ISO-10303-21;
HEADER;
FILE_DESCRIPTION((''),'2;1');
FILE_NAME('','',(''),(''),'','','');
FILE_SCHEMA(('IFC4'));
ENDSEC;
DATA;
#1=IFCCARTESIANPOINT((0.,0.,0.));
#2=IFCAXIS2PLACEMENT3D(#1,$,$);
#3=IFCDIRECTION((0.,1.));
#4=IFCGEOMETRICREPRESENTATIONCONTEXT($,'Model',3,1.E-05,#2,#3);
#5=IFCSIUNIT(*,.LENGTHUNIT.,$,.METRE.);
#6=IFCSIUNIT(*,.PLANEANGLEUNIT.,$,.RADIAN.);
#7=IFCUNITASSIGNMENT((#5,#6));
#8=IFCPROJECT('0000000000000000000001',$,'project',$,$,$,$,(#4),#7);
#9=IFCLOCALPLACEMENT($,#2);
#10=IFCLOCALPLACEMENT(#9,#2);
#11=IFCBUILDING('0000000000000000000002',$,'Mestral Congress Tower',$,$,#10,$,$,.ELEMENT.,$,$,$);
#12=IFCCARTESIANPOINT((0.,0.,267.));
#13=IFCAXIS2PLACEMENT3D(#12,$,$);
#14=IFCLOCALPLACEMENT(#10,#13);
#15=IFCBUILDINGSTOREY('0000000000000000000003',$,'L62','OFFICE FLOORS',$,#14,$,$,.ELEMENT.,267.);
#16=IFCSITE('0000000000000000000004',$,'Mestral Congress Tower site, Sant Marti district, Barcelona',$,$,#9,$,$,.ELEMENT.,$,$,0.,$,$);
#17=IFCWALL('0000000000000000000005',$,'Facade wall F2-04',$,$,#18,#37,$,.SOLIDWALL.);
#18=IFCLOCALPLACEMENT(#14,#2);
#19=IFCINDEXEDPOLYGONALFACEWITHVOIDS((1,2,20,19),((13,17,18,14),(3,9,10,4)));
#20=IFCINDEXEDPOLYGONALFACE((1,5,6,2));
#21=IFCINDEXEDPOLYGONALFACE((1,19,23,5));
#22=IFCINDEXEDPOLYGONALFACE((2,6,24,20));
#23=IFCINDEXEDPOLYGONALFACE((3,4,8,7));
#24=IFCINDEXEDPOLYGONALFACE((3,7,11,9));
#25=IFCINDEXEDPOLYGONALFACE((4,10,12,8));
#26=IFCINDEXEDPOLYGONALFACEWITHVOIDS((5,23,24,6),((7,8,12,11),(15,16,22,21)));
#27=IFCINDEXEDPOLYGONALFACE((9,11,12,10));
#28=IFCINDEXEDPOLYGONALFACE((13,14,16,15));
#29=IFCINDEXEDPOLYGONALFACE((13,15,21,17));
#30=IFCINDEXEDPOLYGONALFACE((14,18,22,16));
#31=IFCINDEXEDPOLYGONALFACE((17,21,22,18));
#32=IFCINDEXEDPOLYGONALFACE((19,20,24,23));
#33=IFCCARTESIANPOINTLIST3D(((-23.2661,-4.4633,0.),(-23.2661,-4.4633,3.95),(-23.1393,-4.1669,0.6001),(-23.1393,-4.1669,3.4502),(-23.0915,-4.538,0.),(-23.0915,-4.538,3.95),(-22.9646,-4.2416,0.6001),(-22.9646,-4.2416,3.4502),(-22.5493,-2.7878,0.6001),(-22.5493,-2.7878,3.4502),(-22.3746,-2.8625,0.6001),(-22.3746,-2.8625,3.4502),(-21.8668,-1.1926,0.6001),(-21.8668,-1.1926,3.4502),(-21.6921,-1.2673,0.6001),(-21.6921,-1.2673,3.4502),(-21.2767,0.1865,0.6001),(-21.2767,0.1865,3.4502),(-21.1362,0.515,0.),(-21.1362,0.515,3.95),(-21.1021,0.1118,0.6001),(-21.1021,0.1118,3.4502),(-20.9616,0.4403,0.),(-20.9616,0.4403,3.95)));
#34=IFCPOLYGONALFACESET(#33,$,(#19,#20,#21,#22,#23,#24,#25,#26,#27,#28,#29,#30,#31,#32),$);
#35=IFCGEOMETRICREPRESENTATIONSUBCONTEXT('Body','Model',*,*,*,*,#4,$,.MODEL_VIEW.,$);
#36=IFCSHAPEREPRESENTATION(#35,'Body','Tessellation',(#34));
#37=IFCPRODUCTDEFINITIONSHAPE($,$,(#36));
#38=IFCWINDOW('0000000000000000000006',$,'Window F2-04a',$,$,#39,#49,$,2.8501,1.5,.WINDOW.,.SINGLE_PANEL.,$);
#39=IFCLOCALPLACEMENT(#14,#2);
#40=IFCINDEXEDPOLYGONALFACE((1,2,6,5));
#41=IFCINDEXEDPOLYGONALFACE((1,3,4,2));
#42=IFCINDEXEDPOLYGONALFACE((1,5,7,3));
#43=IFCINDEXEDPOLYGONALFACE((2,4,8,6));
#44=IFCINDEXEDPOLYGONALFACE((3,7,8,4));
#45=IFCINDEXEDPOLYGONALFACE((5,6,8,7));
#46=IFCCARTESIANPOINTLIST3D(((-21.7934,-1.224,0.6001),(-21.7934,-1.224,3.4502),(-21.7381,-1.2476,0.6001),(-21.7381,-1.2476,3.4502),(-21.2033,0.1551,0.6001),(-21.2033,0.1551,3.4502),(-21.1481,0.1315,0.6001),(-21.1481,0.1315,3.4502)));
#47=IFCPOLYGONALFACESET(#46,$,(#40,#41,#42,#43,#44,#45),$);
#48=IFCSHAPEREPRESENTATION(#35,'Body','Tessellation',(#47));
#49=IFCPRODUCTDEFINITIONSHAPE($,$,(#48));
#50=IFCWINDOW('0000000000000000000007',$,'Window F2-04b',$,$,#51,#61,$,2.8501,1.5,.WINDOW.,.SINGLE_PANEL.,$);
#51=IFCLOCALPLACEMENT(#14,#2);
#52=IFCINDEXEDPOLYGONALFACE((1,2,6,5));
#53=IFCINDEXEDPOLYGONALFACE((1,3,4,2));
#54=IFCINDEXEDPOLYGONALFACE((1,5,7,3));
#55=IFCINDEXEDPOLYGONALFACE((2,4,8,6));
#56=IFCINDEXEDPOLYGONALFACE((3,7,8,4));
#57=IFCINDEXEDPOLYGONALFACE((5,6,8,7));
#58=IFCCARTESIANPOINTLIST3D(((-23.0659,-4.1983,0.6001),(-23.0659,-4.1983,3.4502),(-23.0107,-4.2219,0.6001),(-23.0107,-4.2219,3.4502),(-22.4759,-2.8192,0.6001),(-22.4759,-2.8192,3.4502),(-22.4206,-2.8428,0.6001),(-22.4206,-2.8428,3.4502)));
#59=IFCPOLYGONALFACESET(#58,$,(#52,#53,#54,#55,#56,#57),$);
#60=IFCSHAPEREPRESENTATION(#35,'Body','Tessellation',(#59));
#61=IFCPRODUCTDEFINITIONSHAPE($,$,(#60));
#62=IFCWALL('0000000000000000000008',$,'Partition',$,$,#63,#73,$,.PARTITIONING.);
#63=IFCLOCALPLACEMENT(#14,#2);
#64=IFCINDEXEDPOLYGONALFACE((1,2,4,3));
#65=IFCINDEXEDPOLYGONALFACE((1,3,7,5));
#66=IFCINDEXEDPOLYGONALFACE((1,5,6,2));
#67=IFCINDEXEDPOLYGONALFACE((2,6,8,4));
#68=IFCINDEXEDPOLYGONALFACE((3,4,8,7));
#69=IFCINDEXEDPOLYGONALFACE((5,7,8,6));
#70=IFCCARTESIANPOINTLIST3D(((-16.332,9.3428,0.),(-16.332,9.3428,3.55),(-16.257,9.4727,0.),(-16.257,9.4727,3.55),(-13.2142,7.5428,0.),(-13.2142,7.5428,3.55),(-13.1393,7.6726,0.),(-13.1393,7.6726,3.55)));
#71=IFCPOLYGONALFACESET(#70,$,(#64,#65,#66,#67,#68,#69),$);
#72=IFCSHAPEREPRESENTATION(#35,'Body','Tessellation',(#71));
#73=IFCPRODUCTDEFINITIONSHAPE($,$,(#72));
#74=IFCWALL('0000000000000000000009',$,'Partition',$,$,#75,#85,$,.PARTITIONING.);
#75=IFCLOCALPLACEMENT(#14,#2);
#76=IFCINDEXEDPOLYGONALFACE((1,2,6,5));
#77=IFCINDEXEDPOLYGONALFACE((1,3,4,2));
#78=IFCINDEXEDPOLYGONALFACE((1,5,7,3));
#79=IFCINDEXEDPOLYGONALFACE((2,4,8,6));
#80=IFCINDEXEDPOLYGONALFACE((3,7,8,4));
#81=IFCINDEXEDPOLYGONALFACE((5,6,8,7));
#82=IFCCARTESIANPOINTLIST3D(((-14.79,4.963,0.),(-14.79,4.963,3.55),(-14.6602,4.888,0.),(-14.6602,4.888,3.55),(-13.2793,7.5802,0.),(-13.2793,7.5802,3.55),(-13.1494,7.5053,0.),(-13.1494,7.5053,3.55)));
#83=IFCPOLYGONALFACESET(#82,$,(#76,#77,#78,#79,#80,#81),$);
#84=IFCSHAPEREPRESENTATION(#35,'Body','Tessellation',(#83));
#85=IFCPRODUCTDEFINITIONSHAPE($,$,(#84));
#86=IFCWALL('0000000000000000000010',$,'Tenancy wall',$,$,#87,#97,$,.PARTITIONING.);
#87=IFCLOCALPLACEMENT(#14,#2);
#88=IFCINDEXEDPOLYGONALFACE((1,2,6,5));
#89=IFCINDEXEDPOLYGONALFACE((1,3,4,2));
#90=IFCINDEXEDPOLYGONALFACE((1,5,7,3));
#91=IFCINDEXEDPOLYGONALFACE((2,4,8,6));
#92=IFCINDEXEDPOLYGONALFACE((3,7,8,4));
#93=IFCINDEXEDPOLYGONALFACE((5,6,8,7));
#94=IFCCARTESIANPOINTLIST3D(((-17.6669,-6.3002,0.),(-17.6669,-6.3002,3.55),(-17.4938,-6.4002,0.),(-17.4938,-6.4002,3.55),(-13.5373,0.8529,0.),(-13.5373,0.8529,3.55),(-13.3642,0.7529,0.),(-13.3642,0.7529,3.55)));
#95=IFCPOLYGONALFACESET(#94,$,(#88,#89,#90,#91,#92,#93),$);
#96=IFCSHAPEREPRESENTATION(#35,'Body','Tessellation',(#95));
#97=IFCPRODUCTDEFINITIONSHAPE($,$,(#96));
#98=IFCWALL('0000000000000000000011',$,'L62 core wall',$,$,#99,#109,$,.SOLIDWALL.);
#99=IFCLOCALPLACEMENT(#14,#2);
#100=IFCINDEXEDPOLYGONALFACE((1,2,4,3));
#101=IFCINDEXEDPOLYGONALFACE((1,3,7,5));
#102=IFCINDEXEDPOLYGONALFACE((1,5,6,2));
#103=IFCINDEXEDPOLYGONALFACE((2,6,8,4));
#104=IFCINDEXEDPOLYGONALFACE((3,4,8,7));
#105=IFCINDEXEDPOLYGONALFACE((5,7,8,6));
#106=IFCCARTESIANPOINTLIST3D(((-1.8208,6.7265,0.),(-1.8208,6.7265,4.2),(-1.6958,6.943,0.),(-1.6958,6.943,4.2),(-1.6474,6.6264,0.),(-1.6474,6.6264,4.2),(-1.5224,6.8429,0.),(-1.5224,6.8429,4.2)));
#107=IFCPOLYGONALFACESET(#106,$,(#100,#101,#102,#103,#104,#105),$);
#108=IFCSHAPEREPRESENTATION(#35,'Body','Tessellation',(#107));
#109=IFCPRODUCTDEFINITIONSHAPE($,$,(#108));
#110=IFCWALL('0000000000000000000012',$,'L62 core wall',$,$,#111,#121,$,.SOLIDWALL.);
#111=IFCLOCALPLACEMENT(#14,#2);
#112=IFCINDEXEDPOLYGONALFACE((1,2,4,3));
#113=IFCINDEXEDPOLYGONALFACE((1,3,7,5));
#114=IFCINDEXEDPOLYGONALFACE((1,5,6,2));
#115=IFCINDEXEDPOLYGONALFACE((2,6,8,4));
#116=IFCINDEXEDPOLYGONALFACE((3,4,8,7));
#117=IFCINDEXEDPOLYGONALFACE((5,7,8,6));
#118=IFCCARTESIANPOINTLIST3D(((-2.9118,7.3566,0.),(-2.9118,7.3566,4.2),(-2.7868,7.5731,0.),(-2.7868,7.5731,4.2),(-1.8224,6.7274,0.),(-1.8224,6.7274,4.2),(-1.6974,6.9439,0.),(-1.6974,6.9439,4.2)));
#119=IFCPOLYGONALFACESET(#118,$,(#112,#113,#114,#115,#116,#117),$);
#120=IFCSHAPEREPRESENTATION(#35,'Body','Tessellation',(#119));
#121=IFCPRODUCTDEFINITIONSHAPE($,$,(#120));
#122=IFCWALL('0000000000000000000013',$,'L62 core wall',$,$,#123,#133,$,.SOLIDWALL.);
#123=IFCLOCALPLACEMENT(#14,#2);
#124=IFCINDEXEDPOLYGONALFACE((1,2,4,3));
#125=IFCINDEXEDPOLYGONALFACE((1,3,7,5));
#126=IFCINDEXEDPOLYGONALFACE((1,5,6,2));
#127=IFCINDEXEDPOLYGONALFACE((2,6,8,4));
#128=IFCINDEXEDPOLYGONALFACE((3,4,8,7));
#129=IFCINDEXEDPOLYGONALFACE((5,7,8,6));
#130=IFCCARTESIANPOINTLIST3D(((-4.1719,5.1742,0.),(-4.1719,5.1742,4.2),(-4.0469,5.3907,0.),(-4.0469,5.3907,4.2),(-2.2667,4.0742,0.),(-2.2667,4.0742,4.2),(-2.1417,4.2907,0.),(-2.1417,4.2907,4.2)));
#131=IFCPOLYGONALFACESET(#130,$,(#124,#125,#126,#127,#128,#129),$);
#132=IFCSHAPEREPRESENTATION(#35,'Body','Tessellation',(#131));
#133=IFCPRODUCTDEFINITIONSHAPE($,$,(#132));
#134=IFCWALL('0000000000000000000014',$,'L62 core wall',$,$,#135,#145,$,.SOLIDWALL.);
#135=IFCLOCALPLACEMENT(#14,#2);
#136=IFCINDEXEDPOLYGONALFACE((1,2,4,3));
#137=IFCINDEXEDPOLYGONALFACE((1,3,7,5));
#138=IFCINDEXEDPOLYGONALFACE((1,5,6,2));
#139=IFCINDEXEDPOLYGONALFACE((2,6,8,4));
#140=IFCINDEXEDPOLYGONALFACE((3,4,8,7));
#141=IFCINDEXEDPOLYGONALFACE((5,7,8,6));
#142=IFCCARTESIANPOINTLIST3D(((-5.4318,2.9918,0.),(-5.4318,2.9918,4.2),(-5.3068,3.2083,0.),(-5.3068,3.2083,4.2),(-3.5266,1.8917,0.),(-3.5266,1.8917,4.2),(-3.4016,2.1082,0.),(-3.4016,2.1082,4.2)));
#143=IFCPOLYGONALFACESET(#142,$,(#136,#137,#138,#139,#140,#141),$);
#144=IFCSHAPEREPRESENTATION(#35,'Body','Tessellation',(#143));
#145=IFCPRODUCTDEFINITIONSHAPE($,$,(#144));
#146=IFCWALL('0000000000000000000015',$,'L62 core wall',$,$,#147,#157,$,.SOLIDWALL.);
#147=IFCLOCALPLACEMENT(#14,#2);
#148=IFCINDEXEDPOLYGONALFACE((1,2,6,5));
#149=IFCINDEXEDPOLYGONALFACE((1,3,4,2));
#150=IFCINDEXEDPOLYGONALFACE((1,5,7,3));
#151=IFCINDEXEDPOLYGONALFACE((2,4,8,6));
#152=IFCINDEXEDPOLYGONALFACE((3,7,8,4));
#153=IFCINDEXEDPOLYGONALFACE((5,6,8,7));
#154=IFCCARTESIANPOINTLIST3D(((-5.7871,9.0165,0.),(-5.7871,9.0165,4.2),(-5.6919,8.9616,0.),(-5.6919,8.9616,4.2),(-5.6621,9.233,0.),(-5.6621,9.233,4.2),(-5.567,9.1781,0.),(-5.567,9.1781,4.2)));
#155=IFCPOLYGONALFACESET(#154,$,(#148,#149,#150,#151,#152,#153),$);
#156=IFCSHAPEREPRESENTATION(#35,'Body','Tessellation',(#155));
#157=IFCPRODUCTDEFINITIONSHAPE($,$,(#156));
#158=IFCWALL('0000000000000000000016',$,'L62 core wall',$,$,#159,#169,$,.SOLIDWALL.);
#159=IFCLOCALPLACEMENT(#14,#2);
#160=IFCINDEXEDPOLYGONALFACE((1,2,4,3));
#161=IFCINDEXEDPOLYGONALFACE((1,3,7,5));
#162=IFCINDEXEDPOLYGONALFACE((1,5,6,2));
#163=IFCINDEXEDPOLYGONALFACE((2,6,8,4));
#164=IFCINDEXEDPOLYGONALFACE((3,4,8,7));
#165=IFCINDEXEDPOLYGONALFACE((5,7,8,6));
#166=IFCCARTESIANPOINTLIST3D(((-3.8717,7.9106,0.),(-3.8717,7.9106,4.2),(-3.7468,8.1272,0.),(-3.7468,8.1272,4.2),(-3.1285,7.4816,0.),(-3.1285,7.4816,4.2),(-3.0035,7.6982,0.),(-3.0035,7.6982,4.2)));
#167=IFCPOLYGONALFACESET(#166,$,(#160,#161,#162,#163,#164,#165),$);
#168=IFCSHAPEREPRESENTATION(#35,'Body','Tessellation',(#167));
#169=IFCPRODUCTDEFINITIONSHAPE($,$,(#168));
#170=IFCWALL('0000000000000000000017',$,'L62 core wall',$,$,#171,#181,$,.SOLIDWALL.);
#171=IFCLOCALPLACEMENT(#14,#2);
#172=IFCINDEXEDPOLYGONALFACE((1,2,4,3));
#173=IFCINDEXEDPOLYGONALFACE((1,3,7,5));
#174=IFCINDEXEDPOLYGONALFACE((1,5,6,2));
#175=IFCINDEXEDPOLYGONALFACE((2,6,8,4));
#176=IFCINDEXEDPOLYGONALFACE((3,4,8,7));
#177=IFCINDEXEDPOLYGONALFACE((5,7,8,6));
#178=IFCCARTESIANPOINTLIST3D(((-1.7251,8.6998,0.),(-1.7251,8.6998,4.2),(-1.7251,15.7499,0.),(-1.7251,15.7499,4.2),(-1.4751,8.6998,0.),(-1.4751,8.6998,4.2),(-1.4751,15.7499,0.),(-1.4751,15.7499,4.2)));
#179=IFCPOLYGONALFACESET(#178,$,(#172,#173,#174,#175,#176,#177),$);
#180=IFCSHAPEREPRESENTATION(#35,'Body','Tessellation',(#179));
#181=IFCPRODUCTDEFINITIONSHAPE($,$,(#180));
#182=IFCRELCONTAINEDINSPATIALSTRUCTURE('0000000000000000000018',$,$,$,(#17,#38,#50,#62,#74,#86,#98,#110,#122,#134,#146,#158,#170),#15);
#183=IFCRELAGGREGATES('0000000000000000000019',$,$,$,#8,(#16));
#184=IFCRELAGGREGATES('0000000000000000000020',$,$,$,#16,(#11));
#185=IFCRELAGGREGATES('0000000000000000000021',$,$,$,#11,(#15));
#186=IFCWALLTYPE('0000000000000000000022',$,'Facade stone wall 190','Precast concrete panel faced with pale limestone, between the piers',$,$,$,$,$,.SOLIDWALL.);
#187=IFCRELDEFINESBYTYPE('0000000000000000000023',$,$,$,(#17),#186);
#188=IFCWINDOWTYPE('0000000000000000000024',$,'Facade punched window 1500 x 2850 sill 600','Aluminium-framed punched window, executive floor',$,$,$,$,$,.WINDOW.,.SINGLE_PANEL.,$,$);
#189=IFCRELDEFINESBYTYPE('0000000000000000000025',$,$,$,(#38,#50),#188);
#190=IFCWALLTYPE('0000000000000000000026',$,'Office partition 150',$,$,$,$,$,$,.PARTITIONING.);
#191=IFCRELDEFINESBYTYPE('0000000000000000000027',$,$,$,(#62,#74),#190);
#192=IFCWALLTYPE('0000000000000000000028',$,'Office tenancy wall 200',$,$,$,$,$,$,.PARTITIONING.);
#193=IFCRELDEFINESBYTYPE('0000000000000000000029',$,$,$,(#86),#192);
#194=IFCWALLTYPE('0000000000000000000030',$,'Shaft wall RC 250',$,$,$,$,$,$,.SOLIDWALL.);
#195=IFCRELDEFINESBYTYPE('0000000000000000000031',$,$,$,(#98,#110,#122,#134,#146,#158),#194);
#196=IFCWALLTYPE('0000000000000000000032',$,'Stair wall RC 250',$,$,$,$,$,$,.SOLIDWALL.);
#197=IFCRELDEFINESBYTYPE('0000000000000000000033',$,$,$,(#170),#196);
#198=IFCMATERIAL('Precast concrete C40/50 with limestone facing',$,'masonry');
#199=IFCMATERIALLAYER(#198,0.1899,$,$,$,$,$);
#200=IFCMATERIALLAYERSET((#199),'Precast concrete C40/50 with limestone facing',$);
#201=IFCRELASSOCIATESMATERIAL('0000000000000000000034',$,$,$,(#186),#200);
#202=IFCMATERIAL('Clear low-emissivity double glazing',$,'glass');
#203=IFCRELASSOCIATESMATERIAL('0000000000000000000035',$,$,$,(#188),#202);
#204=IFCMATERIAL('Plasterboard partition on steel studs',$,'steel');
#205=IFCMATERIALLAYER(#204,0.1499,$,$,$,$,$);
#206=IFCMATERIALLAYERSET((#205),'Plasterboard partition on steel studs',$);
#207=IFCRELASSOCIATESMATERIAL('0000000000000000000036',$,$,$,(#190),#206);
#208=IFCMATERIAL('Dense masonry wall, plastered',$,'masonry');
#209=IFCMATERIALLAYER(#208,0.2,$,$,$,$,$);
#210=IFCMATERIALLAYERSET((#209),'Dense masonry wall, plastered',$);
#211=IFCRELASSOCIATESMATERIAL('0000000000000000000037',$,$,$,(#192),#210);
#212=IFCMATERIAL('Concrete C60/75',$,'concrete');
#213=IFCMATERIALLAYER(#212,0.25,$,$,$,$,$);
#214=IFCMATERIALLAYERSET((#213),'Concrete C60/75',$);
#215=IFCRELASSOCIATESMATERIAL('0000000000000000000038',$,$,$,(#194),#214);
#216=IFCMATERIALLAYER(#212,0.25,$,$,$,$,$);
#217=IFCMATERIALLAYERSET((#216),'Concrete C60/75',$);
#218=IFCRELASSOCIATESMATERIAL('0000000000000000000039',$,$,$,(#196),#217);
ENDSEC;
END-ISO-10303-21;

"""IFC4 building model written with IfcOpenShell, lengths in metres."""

from ifc_helpers import new_model, si_unit, direction, frame, frame_2d, origin, place, context, subcontext, project, spatial, rectangle, extrude, material, layer, layer_set, type_object, element, fill, save


model = new_model("IFC4")

# Units and contexts
model_context = context("Model", 3, precision=1e-05, world=origin(), true_north=direction((0.0, 1.0)))
body_context = subcontext(model_context, "Body", "Model", "MODEL_VIEW")
ifc_project = project(units=[si_unit("LENGTHUNIT", "METRE"), si_unit("PLANEANGLEUNIT", "RADIAN")], contexts=[model_context])

# Site, building, storey
site_placement = place(None, origin())
site = spatial("IfcSite", under=ifc_project, at=site_placement, Name="Mestral Congress Tower site, Sant Marti district, Barcelona", CompositionType="ELEMENT", RefElevation=0.0)
building_placement = place(site_placement, origin())
building = spatial("IfcBuilding", under=site, at=building_placement, Name="Mestral Congress Tower", CompositionType="ELEMENT")
storey_placement = place(building_placement, frame((0.0, 0.0, 267.0)))
storey = spatial("IfcBuildingStorey", under=building, at=storey_placement, Name="L62", Description="OFFICE FLOORS", CompositionType="ELEMENT", Elevation=267.0)

# Shared definitions
ifc_material_1 = material(Name="Concrete C60/75", Category="concrete")

# Wall, openings, windows
ifc_material_2 = material(Name="Precast concrete C40/50 with limestone facing", Category="masonry")
ifc_layer_1 = layer(ifc_material_2, 0.1899)
ifc_layer_set_1 = layer_set([ifc_layer_1], Name="Precast concrete C40/50 with limestone facing")
wall_type_1 = type_object("IfcWallType", Name="Facade stone wall 190", Description="Precast concrete panel faced with pale limestone, between the piers", PredefinedType="SOLIDWALL", material=ifc_layer_set_1)
ifc_material_3 = material(Name="Clear low-emissivity double glazing", Category="glass")
window_type = type_object("IfcWindowType", Name="Facade punched window 1500 x 2850 sill 600", Description="Aluminium-framed punched window, executive floor", PartitioningType="SINGLE_PANEL", PredefinedType="WINDOW", material=ifc_material_3)
wall_1_placement = place(storey_placement, frame((-21.0488, 0.4778, 0.0), z_axis=(0.0, 0.0, 1.0), x_axis=(-0.393348, -0.91939, 0.0)))
wall_1 = element("IfcWall", 1, at=wall_1_placement, inside=storey, type_object=wall_type_1, Name="Facade wall F2-04", PredefinedType="SOLIDWALL", context=body_context, shape_type="SweptSolid", body=[
    extrude(rectangle(XDim=5.4148, YDim=0.1899, at=frame_2d((2.7075, 0.0))), origin(), (0.0, 0.0, 1.0), 3.95),
])
opening_1_placement = place(wall_1_placement, frame((0.3574, 0.0, 0.6001)))
opening_1 = element("IfcOpeningElement", 2, at=opening_1_placement, cuts=wall_1, PredefinedType="OPENING", context=body_context, shape_type="SweptSolid", body=[
    extrude(rectangle(XDim=1.5, YDim=2.8501, at=frame_2d((0.75, 1.425))), frame((0.0, 0.105, 0.0), z_axis=(0.0, -1.0, 0.0), x_axis=(1.0, 0.0, 0.0)), (0.0, 0.0, 1.0), 0.21),
])
opening_2_placement = place(wall_1_placement, frame((3.5925, 0.0, 0.6001)))
opening_2 = element("IfcOpeningElement", 3, at=opening_2_placement, cuts=wall_1, PredefinedType="OPENING", context=body_context, shape_type="SweptSolid", body=[
    extrude(rectangle(XDim=1.5, YDim=2.8501, at=frame_2d((0.75, 1.425))), frame((0.0, 0.105, 0.0), z_axis=(0.0, -1.0, 0.0), x_axis=(1.0, 0.0, 0.0)), (0.0, 0.0, 1.0), 0.21),
])
window_1_placement = place(opening_1_placement, origin())
window_1 = element("IfcWindow", 4, at=window_1_placement, inside=storey, type_object=window_type, Name="Window F2-04a", OverallHeight=2.8501, OverallWidth=1.5, PartitioningType="SINGLE_PANEL", PredefinedType="WINDOW", context=body_context, shape_type="SweptSolid", body=[
    extrude(rectangle(XDim=1.5, YDim=2.8501, at=frame_2d((0.75, 1.425))), frame((0.0, 0.0449, 0.0), z_axis=(0.0, -1.0, 0.0), x_axis=(1.0, 0.0, 0.0)), (0.0, 0.0, 1.0), 0.0601),
])
fill(opening_1, window_1)
window_2_placement = place(opening_2_placement, origin())
window_2 = element("IfcWindow", 5, at=window_2_placement, inside=storey, type_object=window_type, Name="Window F2-04b", OverallHeight=2.8501, OverallWidth=1.5, PartitioningType="SINGLE_PANEL", PredefinedType="WINDOW", context=body_context, shape_type="SweptSolid", body=[
    extrude(rectangle(XDim=1.5, YDim=2.8501, at=frame_2d((0.75, 1.425))), frame((0.0, 0.0449, 0.0), z_axis=(0.0, -1.0, 0.0), x_axis=(1.0, 0.0, 0.0)), (0.0, 0.0, 1.0), 0.0601),
])
fill(opening_2, window_2)

# Walls
ifc_material_4 = material(Name="Plasterboard partition on steel studs", Category="steel")
ifc_layer_2 = layer(ifc_material_4, 0.1499)
ifc_layer_set_2 = layer_set([ifc_layer_2], Name="Plasterboard partition on steel studs")
wall_type_2 = type_object("IfcWallType", Name="Office partition 150", PredefinedType="PARTITIONING", material=ifc_layer_set_2)
wall_2_placement = place(storey_placement, frame((-13.1768, 7.6077, 0.0), z_axis=(0.0, 0.0, 1.0), x_axis=(-0.866018, 0.500012, 0.0)))
element("IfcWall", 6, at=wall_2_placement, inside=storey, type_object=wall_type_2, Name="Partition", PredefinedType="PARTITIONING", context=body_context, shape_type="SweptSolid", body=[
    extrude(rectangle(XDim=3.6001, YDim=0.1499, at=frame_2d((1.8, 0.0))), origin(), (0.0, 0.0, 1.0), 3.55),
])
wall_3_placement = place(storey_placement, frame((-13.2144, 7.5427, 0.0), z_axis=(0.0, 0.0, 1.0), x_axis=(-0.499928, -0.866067, 0.0)))
element("IfcWall", 7, at=wall_3_placement, inside=storey, type_object=wall_type_2, Name="Partition", PredefinedType="PARTITIONING", context=body_context, shape_type="SweptSolid", body=[
    extrude(rectangle(XDim=3.022, YDim=0.1499, at=frame_2d((1.511, 0.0))), origin(), (0.0, 0.0, 1.0), 3.55),
])
ifc_material_5 = material(Name="Dense masonry wall, plastered", Category="masonry")
ifc_layer_3 = layer(ifc_material_5, 0.2)
ifc_layer_set_3 = layer_set([ifc_layer_3], Name="Dense masonry wall, plastered")
wall_type_3 = type_object("IfcWallType", Name="Office tenancy wall 200", PredefinedType="PARTITIONING", material=ifc_layer_set_3)
wall_4_placement = place(storey_placement, frame((-13.4507, 0.803, 0.0), z_axis=(0.0, 0.0, 1.0), x_axis=(-0.499983, -0.866035, 0.0)))
element("IfcWall", 8, at=wall_4_placement, inside=storey, type_object=wall_type_3, Name="Tenancy wall", PredefinedType="PARTITIONING", context=body_context, shape_type="SweptSolid", body=[
    extrude(rectangle(XDim=8.2595, YDim=0.2, at=frame_2d((4.1299, 0.0))), origin(), (0.0, 0.0, 1.0), 3.55),
])
ifc_layer_4 = layer(ifc_material_1, 0.25)
ifc_layer_set_4 = layer_set([ifc_layer_4], Name="Concrete C60/75")
wall_type_4 = type_object("IfcWallType", Name="Shaft wall RC 250", PredefinedType="SOLIDWALL", material=ifc_layer_set_4)
wall_5_placement = place(storey_placement, frame((-1.7583, 6.8347, 0.0), z_axis=(0.0, 0.0, 1.0), x_axis=(0.865982, -0.500074, 0.0)))
element("IfcWall", 9, at=wall_5_placement, inside=storey, type_object=wall_type_4, Name="L62 core wall", PredefinedType="SOLIDWALL", context=body_context, shape_type="SweptSolid", body=[
    extrude(rectangle(XDim=0.2002, YDim=0.25, at=frame_2d((0.1001, 0.0))), origin(), (0.0, 0.0, 1.0), 4.2),
])
wall_6_placement = place(storey_placement, frame((-1.76, 6.8357, 0.0), z_axis=(0.0, 0.0, 1.0), x_axis=(-0.865953, 0.500126, 0.0)))
element("IfcWall", 10, at=wall_6_placement, inside=storey, type_object=wall_type_4, Name="L62 core wall", PredefinedType="SOLIDWALL", context=body_context, shape_type="SweptSolid", body=[
    extrude(rectangle(XDim=1.2581, YDim=0.25, at=frame_2d((0.6289, 0.0))), origin(), (0.0, 0.0, 1.0), 4.2),
])
for number, where, z_axis, x_axis, name in (
    (11, (-2.2041, 4.1824, 0.0), (0.0, 0.0, 1.0), (-0.866008, 0.50003, 0.0), "L62 core wall"),
    (12, (-5.3694, 3.1001, 0.0), (0.0, 0.0, 1.0), (0.866008, -0.50003, 0.0), "L62 core wall"),
):
    element("IfcWall", number, at=place(storey_placement, frame(where, z_axis=z_axis, x_axis=x_axis)), inside=storey, type_object=wall_type_4, Name=name, PredefinedType="SOLIDWALL", context=body_context, shape_type="SweptSolid", body=[
        extrude(rectangle(XDim=2.2, YDim=0.25, at=frame_2d((1.1001, 0.0))), origin(), (0.0, 0.0, 1.0), 4.2),
    ])
wall_7_placement = place(storey_placement, frame((-5.7246, 9.1248, 0.0), z_axis=(0.0, 0.0, 1.0), x_axis=(0.866186, -0.499722, 0.0)))
element("IfcWall", 13, at=wall_7_placement, inside=storey, type_object=wall_type_4, Name="L62 core wall", PredefinedType="SOLIDWALL", context=body_context, shape_type="SweptSolid", body=[
    extrude(rectangle(XDim=0.1099, YDim=0.25, at=frame_2d((0.0549, 0.0))), origin(), (0.0, 0.0, 1.0), 4.2),
])
wall_8_placement = place(storey_placement, frame((-3.0659, 7.5898, 0.0), z_axis=(0.0, 0.0, 1.0), x_axis=(-0.866081, 0.499903, 0.0)))
element("IfcWall", 14, at=wall_8_placement, inside=storey, type_object=wall_type_4, Name="L62 core wall", PredefinedType="SOLIDWALL", context=body_context, shape_type="SweptSolid", body=[
    extrude(rectangle(XDim=0.8582, YDim=0.25, at=frame_2d((0.4292, 0.0))), origin(), (0.0, 0.0, 1.0), 4.2),
])
ifc_layer_5 = layer(ifc_material_1, 0.25)
ifc_layer_set_5 = layer_set([ifc_layer_5], Name="Concrete C60/75")
wall_type_5 = type_object("IfcWallType", Name="Stair wall RC 250", PredefinedType="SOLIDWALL", material=ifc_layer_set_5)
wall_9_placement = place(storey_placement, frame((-1.6001, 8.7, 0.0), z_axis=(0.0, 0.0, 1.0), x_axis=(0.0, 1.0, 0.0)))
element("IfcWall", 15, at=wall_9_placement, inside=storey, type_object=wall_type_5, Name="L62 core wall", PredefinedType="SOLIDWALL", context=body_context, shape_type="SweptSolid", body=[
    extrude(rectangle(XDim=7.05, YDim=0.25, at=frame_2d((3.5249, 0.0))), origin(), (0.0, 0.0, 1.0), 4.2),
])

save(model, "model.ifc")
